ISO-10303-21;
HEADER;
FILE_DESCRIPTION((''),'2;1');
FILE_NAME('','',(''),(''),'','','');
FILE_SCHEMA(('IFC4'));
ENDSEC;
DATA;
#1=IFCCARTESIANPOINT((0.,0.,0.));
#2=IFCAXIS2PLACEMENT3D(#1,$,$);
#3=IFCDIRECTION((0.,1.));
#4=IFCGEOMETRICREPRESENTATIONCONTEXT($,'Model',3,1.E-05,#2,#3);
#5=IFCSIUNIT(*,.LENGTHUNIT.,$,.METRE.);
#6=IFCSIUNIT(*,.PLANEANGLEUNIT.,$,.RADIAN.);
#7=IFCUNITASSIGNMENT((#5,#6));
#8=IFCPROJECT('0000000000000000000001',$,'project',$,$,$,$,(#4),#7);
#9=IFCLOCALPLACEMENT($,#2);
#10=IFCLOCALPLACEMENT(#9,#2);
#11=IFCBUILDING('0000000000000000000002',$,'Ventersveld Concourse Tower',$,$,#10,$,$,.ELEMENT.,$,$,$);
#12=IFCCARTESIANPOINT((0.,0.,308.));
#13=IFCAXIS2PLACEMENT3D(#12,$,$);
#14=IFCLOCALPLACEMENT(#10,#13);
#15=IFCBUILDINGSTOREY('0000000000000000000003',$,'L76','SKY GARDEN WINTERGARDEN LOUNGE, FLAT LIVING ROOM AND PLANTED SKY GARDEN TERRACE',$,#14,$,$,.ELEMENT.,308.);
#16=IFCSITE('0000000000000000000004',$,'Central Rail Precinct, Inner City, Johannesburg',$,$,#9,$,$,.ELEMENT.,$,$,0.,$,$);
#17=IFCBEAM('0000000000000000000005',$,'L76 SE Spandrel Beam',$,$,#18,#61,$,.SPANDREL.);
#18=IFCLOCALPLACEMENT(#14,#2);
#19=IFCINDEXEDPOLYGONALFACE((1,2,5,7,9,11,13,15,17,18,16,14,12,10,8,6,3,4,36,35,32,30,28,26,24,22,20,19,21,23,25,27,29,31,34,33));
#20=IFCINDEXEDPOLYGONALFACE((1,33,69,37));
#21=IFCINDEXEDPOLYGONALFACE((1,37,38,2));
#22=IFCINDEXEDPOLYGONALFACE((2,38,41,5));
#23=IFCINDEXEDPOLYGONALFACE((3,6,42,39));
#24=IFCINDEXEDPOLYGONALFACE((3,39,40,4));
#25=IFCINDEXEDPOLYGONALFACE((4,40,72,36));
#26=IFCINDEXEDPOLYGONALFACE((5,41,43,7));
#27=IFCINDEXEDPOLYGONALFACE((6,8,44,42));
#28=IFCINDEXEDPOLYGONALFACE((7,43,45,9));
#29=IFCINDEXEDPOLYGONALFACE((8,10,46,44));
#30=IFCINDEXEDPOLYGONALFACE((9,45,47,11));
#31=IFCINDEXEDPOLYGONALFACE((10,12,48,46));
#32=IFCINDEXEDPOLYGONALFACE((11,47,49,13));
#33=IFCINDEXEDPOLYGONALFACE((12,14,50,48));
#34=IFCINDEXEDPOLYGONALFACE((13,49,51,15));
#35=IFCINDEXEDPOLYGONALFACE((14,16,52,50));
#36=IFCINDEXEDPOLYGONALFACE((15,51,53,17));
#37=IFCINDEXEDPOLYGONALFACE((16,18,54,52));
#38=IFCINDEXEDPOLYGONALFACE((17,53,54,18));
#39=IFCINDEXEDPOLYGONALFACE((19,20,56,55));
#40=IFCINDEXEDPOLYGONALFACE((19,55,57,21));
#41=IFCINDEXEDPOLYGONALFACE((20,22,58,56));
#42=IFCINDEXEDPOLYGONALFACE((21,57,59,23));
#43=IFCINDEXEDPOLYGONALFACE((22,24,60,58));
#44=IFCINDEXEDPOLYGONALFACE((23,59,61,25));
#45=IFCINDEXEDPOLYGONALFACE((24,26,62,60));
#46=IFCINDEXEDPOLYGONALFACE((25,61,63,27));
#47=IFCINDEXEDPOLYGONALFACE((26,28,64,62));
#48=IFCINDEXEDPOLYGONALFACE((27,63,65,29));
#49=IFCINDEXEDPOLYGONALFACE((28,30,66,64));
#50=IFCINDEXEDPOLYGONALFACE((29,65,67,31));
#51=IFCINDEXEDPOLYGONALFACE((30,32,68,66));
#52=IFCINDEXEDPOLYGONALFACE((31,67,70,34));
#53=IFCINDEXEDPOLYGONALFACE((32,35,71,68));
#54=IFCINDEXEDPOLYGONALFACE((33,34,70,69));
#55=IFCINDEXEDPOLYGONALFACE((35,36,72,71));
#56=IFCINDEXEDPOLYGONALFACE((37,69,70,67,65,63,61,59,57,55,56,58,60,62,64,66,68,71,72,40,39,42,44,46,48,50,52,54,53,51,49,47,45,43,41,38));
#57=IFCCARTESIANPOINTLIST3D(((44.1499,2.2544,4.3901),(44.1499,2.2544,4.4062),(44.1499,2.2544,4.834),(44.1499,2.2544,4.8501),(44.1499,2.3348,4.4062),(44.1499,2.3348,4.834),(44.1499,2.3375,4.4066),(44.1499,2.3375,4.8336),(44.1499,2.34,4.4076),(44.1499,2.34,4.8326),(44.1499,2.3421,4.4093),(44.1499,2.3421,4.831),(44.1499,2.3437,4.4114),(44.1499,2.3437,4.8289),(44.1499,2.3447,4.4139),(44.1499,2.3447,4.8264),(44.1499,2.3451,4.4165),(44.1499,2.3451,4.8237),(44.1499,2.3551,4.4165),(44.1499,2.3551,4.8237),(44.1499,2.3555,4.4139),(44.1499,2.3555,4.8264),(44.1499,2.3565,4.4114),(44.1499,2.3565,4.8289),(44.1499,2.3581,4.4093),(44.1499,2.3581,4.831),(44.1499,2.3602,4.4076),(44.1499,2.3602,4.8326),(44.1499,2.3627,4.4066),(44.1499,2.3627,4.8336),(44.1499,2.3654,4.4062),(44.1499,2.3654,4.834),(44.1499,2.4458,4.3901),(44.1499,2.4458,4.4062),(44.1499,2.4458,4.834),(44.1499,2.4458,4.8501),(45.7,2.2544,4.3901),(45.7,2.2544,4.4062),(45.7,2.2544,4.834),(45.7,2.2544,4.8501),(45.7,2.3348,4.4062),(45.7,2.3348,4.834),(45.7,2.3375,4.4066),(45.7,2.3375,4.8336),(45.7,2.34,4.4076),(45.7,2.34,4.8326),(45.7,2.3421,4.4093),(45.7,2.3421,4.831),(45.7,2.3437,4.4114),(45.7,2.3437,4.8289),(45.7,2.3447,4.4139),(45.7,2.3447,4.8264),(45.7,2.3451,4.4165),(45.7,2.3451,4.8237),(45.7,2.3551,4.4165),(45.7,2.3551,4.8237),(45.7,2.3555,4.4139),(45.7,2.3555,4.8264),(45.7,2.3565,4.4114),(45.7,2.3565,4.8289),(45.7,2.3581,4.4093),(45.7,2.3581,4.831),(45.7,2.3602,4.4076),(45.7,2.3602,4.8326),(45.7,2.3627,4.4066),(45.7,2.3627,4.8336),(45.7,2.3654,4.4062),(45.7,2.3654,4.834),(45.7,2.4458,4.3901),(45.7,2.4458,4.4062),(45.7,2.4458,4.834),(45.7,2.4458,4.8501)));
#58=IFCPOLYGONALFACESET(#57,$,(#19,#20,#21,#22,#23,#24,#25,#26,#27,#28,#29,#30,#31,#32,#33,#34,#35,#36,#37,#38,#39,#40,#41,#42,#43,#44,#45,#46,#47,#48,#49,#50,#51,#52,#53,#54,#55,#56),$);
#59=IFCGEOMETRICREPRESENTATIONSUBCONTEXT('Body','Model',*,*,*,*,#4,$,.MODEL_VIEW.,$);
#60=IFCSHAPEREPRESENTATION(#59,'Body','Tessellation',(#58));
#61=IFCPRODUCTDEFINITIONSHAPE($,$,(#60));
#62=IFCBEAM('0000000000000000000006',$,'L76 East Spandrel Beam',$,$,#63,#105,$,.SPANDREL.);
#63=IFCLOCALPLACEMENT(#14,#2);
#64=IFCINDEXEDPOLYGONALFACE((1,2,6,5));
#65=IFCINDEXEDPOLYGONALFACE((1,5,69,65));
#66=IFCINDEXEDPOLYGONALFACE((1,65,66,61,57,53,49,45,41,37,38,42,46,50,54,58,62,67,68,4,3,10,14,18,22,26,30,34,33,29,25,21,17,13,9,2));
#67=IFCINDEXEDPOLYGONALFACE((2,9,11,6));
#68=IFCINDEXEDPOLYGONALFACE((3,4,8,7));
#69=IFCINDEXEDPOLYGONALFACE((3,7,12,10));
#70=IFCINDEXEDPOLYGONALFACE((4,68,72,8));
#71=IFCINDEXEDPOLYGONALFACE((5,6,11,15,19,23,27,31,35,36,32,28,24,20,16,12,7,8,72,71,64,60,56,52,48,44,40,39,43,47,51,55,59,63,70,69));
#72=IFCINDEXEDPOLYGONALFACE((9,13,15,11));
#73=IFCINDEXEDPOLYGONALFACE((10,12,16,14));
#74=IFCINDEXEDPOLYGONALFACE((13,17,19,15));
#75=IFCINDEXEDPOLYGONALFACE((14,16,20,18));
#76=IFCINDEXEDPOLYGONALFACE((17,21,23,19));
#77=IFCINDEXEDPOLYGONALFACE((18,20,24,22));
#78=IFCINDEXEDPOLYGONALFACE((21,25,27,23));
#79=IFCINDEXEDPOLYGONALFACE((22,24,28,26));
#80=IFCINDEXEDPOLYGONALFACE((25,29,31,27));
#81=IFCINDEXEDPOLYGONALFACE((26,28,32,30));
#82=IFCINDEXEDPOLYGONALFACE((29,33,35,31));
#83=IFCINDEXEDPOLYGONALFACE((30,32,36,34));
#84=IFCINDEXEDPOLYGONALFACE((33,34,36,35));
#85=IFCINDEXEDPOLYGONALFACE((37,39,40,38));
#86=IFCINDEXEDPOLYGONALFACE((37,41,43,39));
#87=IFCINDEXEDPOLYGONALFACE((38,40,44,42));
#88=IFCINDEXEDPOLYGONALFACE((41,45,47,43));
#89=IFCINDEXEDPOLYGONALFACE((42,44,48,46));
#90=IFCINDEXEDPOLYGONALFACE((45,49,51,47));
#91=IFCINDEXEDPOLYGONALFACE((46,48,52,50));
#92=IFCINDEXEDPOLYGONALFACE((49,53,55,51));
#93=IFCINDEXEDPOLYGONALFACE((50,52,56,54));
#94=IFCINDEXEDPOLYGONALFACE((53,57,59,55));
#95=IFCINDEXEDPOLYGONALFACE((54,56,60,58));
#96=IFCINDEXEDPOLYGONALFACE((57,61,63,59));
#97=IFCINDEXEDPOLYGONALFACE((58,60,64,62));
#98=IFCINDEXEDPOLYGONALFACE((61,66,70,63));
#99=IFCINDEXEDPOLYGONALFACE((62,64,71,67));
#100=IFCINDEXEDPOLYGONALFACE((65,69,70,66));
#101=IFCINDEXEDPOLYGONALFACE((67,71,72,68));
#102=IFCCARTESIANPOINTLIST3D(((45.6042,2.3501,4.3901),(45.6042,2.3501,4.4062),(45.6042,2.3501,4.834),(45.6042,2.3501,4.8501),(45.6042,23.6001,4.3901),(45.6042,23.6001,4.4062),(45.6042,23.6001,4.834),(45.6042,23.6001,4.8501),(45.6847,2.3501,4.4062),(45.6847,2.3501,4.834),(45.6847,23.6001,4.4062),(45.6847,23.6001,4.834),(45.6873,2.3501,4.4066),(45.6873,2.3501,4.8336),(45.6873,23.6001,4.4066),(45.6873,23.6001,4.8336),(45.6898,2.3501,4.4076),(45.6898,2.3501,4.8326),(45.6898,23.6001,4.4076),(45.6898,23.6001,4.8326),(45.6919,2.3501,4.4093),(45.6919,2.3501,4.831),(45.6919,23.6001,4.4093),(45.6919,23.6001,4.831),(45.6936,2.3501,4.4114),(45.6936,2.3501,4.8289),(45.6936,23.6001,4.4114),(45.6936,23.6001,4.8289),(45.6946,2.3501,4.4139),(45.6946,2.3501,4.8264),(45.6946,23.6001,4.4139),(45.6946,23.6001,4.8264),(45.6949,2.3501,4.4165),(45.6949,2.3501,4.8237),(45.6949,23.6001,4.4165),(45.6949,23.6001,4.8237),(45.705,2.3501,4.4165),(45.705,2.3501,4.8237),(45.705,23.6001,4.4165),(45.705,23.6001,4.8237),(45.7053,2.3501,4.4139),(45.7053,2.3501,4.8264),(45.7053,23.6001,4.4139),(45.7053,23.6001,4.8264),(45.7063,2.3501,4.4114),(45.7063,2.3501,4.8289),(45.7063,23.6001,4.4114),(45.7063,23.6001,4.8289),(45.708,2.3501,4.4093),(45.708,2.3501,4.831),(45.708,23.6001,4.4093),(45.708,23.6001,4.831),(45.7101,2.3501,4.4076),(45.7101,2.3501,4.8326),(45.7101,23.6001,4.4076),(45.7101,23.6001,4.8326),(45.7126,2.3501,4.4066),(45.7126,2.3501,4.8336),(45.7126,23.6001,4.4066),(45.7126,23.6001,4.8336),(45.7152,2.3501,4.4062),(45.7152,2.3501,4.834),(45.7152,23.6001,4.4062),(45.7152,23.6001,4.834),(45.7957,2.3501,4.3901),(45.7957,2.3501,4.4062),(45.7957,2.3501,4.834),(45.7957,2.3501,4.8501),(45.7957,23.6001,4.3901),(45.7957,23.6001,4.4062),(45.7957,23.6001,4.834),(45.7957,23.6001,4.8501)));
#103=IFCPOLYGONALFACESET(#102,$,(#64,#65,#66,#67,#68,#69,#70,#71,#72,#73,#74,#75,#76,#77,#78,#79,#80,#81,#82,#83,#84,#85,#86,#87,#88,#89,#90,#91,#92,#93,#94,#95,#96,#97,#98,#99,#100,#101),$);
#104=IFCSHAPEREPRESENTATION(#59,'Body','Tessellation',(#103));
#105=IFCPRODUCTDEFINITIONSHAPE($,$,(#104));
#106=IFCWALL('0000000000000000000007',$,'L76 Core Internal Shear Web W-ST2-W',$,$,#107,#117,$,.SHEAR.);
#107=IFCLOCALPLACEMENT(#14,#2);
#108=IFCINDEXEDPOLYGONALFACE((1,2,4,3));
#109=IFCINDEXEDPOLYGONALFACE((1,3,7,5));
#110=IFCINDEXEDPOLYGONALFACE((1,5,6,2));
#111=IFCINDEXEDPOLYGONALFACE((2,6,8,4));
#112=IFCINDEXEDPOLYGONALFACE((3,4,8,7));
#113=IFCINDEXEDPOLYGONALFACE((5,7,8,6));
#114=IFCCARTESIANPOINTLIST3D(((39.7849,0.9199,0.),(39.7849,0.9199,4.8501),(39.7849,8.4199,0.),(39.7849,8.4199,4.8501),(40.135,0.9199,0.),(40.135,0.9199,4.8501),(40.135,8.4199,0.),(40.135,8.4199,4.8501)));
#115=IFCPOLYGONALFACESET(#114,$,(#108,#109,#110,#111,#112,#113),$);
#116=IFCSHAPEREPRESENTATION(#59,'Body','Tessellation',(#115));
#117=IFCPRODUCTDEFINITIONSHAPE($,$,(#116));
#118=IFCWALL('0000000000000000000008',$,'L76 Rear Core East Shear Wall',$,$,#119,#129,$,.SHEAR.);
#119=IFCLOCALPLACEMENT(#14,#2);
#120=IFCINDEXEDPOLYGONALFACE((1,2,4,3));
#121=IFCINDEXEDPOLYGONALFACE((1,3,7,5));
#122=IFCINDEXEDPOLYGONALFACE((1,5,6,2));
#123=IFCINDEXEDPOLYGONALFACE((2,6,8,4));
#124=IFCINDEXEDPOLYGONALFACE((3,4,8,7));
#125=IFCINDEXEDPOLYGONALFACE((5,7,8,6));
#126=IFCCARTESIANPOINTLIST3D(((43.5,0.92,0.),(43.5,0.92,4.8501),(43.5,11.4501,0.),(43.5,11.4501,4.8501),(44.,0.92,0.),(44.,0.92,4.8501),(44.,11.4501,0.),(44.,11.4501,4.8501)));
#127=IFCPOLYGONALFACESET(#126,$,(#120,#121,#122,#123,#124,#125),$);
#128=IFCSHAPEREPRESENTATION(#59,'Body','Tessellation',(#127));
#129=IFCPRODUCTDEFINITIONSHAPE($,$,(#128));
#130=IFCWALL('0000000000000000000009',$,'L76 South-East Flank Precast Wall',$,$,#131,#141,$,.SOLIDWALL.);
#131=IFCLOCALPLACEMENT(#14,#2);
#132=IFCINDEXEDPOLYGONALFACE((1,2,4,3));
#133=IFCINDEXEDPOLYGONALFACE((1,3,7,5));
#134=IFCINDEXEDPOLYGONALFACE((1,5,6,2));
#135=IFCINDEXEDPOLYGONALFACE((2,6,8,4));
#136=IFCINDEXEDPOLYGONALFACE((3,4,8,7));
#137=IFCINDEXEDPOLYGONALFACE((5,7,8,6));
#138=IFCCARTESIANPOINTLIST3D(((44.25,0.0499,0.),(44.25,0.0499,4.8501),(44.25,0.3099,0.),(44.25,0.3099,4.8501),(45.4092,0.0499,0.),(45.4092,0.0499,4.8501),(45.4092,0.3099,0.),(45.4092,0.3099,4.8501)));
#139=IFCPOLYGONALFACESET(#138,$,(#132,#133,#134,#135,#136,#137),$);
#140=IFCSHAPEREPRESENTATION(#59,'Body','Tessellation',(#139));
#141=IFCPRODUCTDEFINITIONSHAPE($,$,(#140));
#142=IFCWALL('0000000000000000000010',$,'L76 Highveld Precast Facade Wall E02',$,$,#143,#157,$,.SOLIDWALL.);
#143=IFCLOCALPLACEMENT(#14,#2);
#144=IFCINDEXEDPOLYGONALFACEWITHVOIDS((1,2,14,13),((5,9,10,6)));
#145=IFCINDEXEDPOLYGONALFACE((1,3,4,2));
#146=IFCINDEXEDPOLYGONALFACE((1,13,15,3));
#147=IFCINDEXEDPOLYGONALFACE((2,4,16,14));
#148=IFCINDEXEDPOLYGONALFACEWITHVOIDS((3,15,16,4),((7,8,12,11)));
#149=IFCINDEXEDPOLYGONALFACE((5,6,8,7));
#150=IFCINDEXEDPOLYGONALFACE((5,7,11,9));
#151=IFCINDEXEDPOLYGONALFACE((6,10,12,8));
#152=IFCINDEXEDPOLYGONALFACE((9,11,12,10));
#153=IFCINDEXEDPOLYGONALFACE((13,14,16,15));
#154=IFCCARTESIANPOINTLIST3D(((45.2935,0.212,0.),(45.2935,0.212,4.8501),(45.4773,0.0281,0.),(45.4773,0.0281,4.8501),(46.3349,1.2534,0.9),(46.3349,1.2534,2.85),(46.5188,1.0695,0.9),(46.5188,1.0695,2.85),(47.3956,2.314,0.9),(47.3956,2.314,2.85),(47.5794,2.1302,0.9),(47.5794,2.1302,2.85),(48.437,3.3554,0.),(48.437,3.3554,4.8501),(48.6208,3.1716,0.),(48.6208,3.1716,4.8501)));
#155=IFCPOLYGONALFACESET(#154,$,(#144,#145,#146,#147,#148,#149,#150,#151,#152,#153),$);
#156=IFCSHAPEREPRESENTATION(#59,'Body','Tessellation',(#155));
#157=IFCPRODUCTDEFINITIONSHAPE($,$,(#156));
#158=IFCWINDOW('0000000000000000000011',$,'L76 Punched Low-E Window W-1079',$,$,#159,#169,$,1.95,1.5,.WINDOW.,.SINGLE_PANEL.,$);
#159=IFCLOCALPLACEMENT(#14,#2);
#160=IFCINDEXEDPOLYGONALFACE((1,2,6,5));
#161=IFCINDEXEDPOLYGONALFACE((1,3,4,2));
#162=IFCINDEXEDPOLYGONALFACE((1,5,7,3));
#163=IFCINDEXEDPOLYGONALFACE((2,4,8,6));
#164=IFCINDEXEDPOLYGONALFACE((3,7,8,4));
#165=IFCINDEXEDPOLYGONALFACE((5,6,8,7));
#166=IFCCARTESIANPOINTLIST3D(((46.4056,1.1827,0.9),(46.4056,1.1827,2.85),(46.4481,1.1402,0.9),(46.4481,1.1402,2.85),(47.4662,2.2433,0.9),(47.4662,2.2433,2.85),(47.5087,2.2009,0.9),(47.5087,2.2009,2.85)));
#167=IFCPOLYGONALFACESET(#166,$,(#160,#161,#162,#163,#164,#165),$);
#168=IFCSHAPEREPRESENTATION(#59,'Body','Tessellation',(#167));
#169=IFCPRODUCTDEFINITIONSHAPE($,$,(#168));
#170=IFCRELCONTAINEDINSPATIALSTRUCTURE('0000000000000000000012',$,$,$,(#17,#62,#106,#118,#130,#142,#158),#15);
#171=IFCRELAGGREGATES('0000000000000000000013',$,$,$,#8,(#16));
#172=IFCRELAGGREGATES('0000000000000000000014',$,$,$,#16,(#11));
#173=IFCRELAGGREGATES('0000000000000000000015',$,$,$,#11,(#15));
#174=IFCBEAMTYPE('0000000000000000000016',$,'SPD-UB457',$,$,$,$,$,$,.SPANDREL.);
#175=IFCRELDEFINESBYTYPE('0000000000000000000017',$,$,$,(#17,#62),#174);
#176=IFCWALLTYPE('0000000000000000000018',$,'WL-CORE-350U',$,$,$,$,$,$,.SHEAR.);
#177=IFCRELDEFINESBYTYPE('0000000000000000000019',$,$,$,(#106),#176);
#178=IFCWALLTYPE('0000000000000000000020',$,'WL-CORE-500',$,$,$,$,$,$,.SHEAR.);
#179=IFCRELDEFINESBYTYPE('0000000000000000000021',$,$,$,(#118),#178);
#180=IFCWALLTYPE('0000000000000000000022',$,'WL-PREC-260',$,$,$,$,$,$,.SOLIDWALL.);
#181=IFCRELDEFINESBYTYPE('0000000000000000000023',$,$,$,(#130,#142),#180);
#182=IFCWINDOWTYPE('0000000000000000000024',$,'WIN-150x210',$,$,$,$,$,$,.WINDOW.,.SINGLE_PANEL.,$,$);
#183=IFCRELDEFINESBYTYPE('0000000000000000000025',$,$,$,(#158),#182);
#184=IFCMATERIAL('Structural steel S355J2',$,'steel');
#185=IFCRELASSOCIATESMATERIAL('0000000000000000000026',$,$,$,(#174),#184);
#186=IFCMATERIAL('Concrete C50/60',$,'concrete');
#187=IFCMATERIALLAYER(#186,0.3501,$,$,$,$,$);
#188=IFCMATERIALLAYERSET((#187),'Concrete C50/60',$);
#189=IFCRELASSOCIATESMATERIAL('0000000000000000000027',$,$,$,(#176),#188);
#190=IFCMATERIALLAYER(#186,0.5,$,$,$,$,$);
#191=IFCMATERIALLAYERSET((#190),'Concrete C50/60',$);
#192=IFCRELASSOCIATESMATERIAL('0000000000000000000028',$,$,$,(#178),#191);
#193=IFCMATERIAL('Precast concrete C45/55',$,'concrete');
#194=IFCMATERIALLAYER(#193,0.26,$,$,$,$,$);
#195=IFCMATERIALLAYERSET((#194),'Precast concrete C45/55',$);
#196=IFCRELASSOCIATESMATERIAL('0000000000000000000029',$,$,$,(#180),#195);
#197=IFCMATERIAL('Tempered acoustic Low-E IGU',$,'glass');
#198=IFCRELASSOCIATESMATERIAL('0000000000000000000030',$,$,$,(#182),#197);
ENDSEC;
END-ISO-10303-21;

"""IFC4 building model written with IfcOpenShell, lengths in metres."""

from ifc_helpers import new_model, si_unit, direction, frame, frame_2d, origin, origin_2d, place, context, subcontext, project, spatial, rectangle, i_section, extrude, material, layer, layer_set, material_profile, profile_set, type_object, element, fill, save


model = new_model("IFC4")

# Units and contexts
model_context = context("Model", 3, precision=1e-05, world=origin(), true_north=direction((0.0, 1.0)))
body_context = subcontext(model_context, "Body", "Model", "MODEL_VIEW")
ifc_project = project(units=[si_unit("LENGTHUNIT", "METRE"), si_unit("PLANEANGLEUNIT", "RADIAN")], contexts=[model_context])

# Site, building, storey
site_placement = place(None, origin())
site = spatial("IfcSite", under=ifc_project, at=site_placement, Name="Central Rail Precinct, Inner City, Johannesburg", CompositionType="ELEMENT", RefElevation=0.0)
building_placement = place(site_placement, origin())
building = spatial("IfcBuilding", under=site, at=building_placement, Name="Ventersveld Concourse Tower", CompositionType="ELEMENT")
storey_placement = place(building_placement, frame((0.0, 0.0, 308.0)))
storey = spatial("IfcBuildingStorey", under=building, at=storey_placement, Name="L76", Description="SKY GARDEN WINTERGARDEN LOUNGE, FLAT LIVING ROOM AND PLANTED SKY GARDEN TERRACE", CompositionType="ELEMENT", Elevation=308.0)

# Shared definitions
ifc_material_1 = material(Name="Concrete C50/60", Category="concrete")

# Shared definitions
ifc_material_2 = material(Name="Structural steel S355J2", Category="steel")

# Beams
ifc_material_profile_1 = material_profile(ifc_material_2, i_section(OverallWidth=0.1914, OverallDepth=0.46, WebThickness=0.01, FlangeThickness=0.0161, FilletRadius=0.0103, at=origin_2d()), Name="UB 457x191x82")
ifc_profile_set_1 = profile_set([ifc_material_profile_1], Name="Structural steel S355J2")
beam_type_1 = type_object("IfcBeamType", Name="SPD-UB457", PredefinedType="SPANDREL", material=ifc_profile_set_1)
beam_1_placement = place(storey_placement, frame((44.1499, 2.3501, 4.6201), z_axis=(1.0, 0.0, 0.0), x_axis=(0.0, 1.0, 0.0)))
element("IfcBeam", 1, at=beam_1_placement, inside=storey, type_object=beam_type_1, Name="L76 SE Spandrel Beam", PredefinedType="SPANDREL", context=body_context, shape_type="SweptSolid", body=[
    extrude(i_section(OverallWidth=0.1914, OverallDepth=0.46, WebThickness=0.01, FlangeThickness=0.0161, FilletRadius=0.0103, at=origin_2d()), origin(), (0.0, 0.0, 1.0), 1.55),
])
beam_2_placement = place(storey_placement, frame((45.7, 2.3501, 4.6201), z_axis=(0.0, 1.0, 0.0), x_axis=(-1.0, 0.0, 0.0)))
element("IfcBeam", 2, at=beam_2_placement, inside=storey, type_object=beam_type_1, Name="L76 East Spandrel Beam", PredefinedType="SPANDREL", context=body_context, shape_type="SweptSolid", body=[
    extrude(i_section(OverallWidth=0.1914, OverallDepth=0.46, WebThickness=0.01, FlangeThickness=0.0161, FilletRadius=0.0103, at=origin_2d()), origin(), (0.0, 0.0, 1.0), 21.25),
])

# Walls
ifc_layer_1 = layer(ifc_material_1, 0.3501)
ifc_layer_set_1 = layer_set([ifc_layer_1], Name="Concrete C50/60")
wall_type_1 = type_object("IfcWallType", Name="WL-CORE-350U", PredefinedType="SHEAR", material=ifc_layer_set_1)
wall_1_placement = place(storey_placement, frame((39.96, 0.9199, 0.0), z_axis=(0.0, 0.0, 1.0), x_axis=(0.0, 1.0, 0.0)))
element("IfcWall", 3, at=wall_1_placement, inside=storey, type_object=wall_type_1, Name="L76 Core Internal Shear Web W-ST2-W", PredefinedType="SHEAR", context=body_context, shape_type="SweptSolid", body=[
    extrude(rectangle(XDim=7.5, YDim=0.3501, at=frame_2d((3.75, 0.0))), origin(), (0.0, 0.0, 1.0), 4.8501),
])
ifc_layer_2 = layer(ifc_material_1, 0.5)
ifc_layer_set_2 = layer_set([ifc_layer_2], Name="Concrete C50/60")
wall_type_2 = type_object("IfcWallType", Name="WL-CORE-500", PredefinedType="SHEAR", material=ifc_layer_set_2)
wall_2_placement = place(storey_placement, frame((43.75, 0.9199, 0.0), z_axis=(0.0, 0.0, 1.0), x_axis=(0.0, 1.0, 0.0)))
element("IfcWall", 4, at=wall_2_placement, inside=storey, type_object=wall_type_2, Name="L76 Rear Core East Shear Wall", PredefinedType="SHEAR", context=body_context, shape_type="SweptSolid", body=[
    extrude(rectangle(XDim=10.53, YDim=0.5, at=frame_2d((5.2651, 0.0))), origin(), (0.0, 0.0, 1.0), 4.8501),
])
ifc_material_3 = material(Name="Precast concrete C45/55", Category="concrete")
ifc_layer_3 = layer(ifc_material_3, 0.26)
ifc_layer_set_3 = layer_set([ifc_layer_3], Name="Precast concrete C45/55")
wall_type_3 = type_object("IfcWallType", Name="WL-PREC-260", PredefinedType="SOLIDWALL", material=ifc_layer_set_3)
wall_3_placement = place(storey_placement, frame((44.25, 0.1799, 0.0), z_axis=(0.0, 0.0, 1.0), x_axis=(1.0, 0.0, 0.0)))
element("IfcWall", 5, at=wall_3_placement, inside=storey, type_object=wall_type_3, Name="L76 South-East Flank Precast Wall", PredefinedType="SOLIDWALL", context=body_context, shape_type="SweptSolid", body=[
    extrude(rectangle(XDim=1.1592, YDim=0.26, at=frame_2d((0.5796, 0.0))), origin(), (0.0, 0.0, 1.0), 4.8501),
])

# Wall, opening, window
wall_4_placement = place(storey_placement, frame((45.3855, 0.1201, 0.0), z_axis=(0.0, 0.0, 1.0), x_axis=(0.707107, 0.707107, 0.0)))
wall_4 = element("IfcWall", 6, at=wall_4_placement, inside=storey, type_object=wall_type_3, Name="L76 Highveld Precast Facade Wall E02", PredefinedType="SOLIDWALL", context=body_context, shape_type="SweptSolid", body=[
    extrude(rectangle(XDim=4.4456, YDim=0.26, at=frame_2d((2.2227, 0.0))), origin(), (0.0, 0.0, 1.0), 4.8501),
])
opening_placement = place(wall_4_placement, frame((1.4727, 0.0, 0.8999)))
opening = element("IfcOpeningElement", 7, at=opening_placement, cuts=wall_4, PredefinedType="OPENING", context=body_context, shape_type="SweptSolid", body=[
    extrude(rectangle(XDim=1.5, YDim=1.95, at=frame_2d((0.75, 0.9751))), frame((0.0, 0.1401, 0.0), z_axis=(0.0, -1.0, 0.0), x_axis=(1.0, 0.0, 0.0)), (0.0, 0.0, 1.0), 0.28),
])
ifc_material_4 = material(Name="Tempered acoustic Low-E IGU", Category="glass")
window_type = type_object("IfcWindowType", Name="WIN-150x210", PartitioningType="SINGLE_PANEL", PredefinedType="WINDOW", material=ifc_material_4)
window_placement = place(opening_placement, origin())
window = element("IfcWindow", 8, at=window_placement, inside=storey, type_object=window_type, Name="L76 Punched Low-E Window W-1079", OverallHeight=1.95, OverallWidth=1.5, PartitioningType="SINGLE_PANEL", PredefinedType="WINDOW", context=body_context, shape_type="SweptSolid", body=[
    extrude(rectangle(XDim=1.5, YDim=1.95, at=frame_2d((0.75, 0.9751))), frame((0.0, 0.03, 0.0), z_axis=(0.0, -1.0, 0.0), x_axis=(1.0, 0.0, 0.0)), (0.0, 0.0, 1.0), 0.0601),
])
fill(opening, window)

save(model, "model.ifc")
